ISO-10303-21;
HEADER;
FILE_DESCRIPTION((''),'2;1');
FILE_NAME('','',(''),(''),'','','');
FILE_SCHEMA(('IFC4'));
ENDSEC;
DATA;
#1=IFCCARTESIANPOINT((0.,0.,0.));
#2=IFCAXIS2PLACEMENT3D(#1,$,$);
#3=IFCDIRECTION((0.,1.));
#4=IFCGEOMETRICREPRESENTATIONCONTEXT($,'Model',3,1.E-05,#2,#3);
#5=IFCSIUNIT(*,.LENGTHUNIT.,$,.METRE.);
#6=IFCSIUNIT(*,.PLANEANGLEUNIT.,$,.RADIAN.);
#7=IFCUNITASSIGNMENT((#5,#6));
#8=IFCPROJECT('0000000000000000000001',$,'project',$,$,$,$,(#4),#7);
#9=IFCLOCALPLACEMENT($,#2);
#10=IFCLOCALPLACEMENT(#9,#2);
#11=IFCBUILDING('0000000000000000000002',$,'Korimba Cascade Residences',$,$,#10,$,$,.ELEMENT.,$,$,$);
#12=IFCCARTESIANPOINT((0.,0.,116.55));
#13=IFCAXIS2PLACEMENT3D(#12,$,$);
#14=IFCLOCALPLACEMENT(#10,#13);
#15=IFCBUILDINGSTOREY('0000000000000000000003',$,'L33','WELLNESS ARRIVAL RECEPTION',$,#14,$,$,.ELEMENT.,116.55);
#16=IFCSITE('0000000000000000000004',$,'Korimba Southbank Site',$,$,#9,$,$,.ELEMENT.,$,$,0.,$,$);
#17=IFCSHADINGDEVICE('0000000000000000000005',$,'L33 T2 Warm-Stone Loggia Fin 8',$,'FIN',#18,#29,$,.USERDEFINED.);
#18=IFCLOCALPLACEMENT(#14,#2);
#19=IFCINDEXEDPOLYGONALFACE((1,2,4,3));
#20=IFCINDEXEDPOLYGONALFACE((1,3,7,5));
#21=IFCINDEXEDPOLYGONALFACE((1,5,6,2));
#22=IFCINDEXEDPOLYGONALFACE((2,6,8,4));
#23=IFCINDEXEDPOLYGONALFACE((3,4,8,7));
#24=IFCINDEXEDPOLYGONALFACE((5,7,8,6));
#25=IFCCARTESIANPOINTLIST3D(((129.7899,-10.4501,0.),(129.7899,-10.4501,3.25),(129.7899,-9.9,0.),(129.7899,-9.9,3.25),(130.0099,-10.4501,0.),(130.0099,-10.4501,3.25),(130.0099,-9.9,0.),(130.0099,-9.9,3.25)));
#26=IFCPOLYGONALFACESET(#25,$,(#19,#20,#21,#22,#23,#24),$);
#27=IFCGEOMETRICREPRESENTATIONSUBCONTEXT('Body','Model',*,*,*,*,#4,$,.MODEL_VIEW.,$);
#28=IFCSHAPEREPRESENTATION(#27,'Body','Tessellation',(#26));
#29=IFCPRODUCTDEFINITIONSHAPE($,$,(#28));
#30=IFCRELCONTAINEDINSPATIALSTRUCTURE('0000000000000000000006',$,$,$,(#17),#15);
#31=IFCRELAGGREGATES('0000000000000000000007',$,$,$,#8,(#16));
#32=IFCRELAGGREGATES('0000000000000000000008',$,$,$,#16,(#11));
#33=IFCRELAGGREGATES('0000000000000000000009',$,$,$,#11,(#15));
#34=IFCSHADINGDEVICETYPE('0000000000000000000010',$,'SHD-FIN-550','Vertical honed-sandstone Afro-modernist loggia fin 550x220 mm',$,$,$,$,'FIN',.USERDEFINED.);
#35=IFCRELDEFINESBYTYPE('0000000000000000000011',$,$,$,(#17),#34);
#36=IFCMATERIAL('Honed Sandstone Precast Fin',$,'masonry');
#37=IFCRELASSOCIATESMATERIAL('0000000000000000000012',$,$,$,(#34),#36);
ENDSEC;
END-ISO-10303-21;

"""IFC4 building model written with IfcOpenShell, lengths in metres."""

from ifc_helpers import new_model, si_unit, direction, frame, origin, origin_2d, place, context, subcontext, project, spatial, rectangle, extrude, material, type_object, element, save


model = new_model("IFC4")

# Units and contexts
model_context = context("Model", 3, precision=1e-05, world=origin(), true_north=direction((0.0, 1.0)))
body_context = subcontext(model_context, "Body", "Model", "MODEL_VIEW")
ifc_project = project(units=[si_unit("LENGTHUNIT", "METRE"), si_unit("PLANEANGLEUNIT", "RADIAN")], contexts=[model_context])

# Site, building, storey
site_placement = place(None, origin())
site = spatial("IfcSite", under=ifc_project, at=site_placement, Name="Korimba Southbank Site", CompositionType="ELEMENT", RefElevation=0.0)
building_placement = place(site_placement, origin())
building = spatial("IfcBuilding", under=site, at=building_placement, Name="Korimba Cascade Residences", CompositionType="ELEMENT")
storey_placement = place(building_placement, frame((0.0, 0.0, 116.55)))
storey = spatial("IfcBuildingStorey", under=building, at=storey_placement, Name="L33", Description="WELLNESS ARRIVAL RECEPTION", CompositionType="ELEMENT", Elevation=116.55)

# Shading device
ifc_material_1 = material(Name="Honed Sandstone Precast Fin", Category="masonry")
shading_device_type = type_object("IfcShadingDeviceType", Name="SHD-FIN-550", Description="Vertical honed-sandstone Afro-modernist loggia fin 550x220 mm", ElementType="FIN", PredefinedType="USERDEFINED", material=ifc_material_1)
for number, where, z_axis, x_axis, name in (
    (1, (129.8999, -10.175, 0.0), (0.0, 0.0, 1.0), (1.0, 0.0, 0.0), "L33 T2 Warm-Stone Loggia Fin 8"),
):
    element("IfcShadingDevice", number, at=place(storey_placement, frame(where, z_axis=z_axis, x_axis=x_axis)), inside=storey, type_object=shading_device_type, Name=name, ObjectType="FIN", PredefinedType="USERDEFINED", context=body_context, shape_type="SweptSolid", body=[
        extrude(rectangle(XDim=0.22, YDim=0.55, at=origin_2d()), origin(), (0.0, 0.0, 1.0), 3.25),
    ])

save(model, "model.ifc")
